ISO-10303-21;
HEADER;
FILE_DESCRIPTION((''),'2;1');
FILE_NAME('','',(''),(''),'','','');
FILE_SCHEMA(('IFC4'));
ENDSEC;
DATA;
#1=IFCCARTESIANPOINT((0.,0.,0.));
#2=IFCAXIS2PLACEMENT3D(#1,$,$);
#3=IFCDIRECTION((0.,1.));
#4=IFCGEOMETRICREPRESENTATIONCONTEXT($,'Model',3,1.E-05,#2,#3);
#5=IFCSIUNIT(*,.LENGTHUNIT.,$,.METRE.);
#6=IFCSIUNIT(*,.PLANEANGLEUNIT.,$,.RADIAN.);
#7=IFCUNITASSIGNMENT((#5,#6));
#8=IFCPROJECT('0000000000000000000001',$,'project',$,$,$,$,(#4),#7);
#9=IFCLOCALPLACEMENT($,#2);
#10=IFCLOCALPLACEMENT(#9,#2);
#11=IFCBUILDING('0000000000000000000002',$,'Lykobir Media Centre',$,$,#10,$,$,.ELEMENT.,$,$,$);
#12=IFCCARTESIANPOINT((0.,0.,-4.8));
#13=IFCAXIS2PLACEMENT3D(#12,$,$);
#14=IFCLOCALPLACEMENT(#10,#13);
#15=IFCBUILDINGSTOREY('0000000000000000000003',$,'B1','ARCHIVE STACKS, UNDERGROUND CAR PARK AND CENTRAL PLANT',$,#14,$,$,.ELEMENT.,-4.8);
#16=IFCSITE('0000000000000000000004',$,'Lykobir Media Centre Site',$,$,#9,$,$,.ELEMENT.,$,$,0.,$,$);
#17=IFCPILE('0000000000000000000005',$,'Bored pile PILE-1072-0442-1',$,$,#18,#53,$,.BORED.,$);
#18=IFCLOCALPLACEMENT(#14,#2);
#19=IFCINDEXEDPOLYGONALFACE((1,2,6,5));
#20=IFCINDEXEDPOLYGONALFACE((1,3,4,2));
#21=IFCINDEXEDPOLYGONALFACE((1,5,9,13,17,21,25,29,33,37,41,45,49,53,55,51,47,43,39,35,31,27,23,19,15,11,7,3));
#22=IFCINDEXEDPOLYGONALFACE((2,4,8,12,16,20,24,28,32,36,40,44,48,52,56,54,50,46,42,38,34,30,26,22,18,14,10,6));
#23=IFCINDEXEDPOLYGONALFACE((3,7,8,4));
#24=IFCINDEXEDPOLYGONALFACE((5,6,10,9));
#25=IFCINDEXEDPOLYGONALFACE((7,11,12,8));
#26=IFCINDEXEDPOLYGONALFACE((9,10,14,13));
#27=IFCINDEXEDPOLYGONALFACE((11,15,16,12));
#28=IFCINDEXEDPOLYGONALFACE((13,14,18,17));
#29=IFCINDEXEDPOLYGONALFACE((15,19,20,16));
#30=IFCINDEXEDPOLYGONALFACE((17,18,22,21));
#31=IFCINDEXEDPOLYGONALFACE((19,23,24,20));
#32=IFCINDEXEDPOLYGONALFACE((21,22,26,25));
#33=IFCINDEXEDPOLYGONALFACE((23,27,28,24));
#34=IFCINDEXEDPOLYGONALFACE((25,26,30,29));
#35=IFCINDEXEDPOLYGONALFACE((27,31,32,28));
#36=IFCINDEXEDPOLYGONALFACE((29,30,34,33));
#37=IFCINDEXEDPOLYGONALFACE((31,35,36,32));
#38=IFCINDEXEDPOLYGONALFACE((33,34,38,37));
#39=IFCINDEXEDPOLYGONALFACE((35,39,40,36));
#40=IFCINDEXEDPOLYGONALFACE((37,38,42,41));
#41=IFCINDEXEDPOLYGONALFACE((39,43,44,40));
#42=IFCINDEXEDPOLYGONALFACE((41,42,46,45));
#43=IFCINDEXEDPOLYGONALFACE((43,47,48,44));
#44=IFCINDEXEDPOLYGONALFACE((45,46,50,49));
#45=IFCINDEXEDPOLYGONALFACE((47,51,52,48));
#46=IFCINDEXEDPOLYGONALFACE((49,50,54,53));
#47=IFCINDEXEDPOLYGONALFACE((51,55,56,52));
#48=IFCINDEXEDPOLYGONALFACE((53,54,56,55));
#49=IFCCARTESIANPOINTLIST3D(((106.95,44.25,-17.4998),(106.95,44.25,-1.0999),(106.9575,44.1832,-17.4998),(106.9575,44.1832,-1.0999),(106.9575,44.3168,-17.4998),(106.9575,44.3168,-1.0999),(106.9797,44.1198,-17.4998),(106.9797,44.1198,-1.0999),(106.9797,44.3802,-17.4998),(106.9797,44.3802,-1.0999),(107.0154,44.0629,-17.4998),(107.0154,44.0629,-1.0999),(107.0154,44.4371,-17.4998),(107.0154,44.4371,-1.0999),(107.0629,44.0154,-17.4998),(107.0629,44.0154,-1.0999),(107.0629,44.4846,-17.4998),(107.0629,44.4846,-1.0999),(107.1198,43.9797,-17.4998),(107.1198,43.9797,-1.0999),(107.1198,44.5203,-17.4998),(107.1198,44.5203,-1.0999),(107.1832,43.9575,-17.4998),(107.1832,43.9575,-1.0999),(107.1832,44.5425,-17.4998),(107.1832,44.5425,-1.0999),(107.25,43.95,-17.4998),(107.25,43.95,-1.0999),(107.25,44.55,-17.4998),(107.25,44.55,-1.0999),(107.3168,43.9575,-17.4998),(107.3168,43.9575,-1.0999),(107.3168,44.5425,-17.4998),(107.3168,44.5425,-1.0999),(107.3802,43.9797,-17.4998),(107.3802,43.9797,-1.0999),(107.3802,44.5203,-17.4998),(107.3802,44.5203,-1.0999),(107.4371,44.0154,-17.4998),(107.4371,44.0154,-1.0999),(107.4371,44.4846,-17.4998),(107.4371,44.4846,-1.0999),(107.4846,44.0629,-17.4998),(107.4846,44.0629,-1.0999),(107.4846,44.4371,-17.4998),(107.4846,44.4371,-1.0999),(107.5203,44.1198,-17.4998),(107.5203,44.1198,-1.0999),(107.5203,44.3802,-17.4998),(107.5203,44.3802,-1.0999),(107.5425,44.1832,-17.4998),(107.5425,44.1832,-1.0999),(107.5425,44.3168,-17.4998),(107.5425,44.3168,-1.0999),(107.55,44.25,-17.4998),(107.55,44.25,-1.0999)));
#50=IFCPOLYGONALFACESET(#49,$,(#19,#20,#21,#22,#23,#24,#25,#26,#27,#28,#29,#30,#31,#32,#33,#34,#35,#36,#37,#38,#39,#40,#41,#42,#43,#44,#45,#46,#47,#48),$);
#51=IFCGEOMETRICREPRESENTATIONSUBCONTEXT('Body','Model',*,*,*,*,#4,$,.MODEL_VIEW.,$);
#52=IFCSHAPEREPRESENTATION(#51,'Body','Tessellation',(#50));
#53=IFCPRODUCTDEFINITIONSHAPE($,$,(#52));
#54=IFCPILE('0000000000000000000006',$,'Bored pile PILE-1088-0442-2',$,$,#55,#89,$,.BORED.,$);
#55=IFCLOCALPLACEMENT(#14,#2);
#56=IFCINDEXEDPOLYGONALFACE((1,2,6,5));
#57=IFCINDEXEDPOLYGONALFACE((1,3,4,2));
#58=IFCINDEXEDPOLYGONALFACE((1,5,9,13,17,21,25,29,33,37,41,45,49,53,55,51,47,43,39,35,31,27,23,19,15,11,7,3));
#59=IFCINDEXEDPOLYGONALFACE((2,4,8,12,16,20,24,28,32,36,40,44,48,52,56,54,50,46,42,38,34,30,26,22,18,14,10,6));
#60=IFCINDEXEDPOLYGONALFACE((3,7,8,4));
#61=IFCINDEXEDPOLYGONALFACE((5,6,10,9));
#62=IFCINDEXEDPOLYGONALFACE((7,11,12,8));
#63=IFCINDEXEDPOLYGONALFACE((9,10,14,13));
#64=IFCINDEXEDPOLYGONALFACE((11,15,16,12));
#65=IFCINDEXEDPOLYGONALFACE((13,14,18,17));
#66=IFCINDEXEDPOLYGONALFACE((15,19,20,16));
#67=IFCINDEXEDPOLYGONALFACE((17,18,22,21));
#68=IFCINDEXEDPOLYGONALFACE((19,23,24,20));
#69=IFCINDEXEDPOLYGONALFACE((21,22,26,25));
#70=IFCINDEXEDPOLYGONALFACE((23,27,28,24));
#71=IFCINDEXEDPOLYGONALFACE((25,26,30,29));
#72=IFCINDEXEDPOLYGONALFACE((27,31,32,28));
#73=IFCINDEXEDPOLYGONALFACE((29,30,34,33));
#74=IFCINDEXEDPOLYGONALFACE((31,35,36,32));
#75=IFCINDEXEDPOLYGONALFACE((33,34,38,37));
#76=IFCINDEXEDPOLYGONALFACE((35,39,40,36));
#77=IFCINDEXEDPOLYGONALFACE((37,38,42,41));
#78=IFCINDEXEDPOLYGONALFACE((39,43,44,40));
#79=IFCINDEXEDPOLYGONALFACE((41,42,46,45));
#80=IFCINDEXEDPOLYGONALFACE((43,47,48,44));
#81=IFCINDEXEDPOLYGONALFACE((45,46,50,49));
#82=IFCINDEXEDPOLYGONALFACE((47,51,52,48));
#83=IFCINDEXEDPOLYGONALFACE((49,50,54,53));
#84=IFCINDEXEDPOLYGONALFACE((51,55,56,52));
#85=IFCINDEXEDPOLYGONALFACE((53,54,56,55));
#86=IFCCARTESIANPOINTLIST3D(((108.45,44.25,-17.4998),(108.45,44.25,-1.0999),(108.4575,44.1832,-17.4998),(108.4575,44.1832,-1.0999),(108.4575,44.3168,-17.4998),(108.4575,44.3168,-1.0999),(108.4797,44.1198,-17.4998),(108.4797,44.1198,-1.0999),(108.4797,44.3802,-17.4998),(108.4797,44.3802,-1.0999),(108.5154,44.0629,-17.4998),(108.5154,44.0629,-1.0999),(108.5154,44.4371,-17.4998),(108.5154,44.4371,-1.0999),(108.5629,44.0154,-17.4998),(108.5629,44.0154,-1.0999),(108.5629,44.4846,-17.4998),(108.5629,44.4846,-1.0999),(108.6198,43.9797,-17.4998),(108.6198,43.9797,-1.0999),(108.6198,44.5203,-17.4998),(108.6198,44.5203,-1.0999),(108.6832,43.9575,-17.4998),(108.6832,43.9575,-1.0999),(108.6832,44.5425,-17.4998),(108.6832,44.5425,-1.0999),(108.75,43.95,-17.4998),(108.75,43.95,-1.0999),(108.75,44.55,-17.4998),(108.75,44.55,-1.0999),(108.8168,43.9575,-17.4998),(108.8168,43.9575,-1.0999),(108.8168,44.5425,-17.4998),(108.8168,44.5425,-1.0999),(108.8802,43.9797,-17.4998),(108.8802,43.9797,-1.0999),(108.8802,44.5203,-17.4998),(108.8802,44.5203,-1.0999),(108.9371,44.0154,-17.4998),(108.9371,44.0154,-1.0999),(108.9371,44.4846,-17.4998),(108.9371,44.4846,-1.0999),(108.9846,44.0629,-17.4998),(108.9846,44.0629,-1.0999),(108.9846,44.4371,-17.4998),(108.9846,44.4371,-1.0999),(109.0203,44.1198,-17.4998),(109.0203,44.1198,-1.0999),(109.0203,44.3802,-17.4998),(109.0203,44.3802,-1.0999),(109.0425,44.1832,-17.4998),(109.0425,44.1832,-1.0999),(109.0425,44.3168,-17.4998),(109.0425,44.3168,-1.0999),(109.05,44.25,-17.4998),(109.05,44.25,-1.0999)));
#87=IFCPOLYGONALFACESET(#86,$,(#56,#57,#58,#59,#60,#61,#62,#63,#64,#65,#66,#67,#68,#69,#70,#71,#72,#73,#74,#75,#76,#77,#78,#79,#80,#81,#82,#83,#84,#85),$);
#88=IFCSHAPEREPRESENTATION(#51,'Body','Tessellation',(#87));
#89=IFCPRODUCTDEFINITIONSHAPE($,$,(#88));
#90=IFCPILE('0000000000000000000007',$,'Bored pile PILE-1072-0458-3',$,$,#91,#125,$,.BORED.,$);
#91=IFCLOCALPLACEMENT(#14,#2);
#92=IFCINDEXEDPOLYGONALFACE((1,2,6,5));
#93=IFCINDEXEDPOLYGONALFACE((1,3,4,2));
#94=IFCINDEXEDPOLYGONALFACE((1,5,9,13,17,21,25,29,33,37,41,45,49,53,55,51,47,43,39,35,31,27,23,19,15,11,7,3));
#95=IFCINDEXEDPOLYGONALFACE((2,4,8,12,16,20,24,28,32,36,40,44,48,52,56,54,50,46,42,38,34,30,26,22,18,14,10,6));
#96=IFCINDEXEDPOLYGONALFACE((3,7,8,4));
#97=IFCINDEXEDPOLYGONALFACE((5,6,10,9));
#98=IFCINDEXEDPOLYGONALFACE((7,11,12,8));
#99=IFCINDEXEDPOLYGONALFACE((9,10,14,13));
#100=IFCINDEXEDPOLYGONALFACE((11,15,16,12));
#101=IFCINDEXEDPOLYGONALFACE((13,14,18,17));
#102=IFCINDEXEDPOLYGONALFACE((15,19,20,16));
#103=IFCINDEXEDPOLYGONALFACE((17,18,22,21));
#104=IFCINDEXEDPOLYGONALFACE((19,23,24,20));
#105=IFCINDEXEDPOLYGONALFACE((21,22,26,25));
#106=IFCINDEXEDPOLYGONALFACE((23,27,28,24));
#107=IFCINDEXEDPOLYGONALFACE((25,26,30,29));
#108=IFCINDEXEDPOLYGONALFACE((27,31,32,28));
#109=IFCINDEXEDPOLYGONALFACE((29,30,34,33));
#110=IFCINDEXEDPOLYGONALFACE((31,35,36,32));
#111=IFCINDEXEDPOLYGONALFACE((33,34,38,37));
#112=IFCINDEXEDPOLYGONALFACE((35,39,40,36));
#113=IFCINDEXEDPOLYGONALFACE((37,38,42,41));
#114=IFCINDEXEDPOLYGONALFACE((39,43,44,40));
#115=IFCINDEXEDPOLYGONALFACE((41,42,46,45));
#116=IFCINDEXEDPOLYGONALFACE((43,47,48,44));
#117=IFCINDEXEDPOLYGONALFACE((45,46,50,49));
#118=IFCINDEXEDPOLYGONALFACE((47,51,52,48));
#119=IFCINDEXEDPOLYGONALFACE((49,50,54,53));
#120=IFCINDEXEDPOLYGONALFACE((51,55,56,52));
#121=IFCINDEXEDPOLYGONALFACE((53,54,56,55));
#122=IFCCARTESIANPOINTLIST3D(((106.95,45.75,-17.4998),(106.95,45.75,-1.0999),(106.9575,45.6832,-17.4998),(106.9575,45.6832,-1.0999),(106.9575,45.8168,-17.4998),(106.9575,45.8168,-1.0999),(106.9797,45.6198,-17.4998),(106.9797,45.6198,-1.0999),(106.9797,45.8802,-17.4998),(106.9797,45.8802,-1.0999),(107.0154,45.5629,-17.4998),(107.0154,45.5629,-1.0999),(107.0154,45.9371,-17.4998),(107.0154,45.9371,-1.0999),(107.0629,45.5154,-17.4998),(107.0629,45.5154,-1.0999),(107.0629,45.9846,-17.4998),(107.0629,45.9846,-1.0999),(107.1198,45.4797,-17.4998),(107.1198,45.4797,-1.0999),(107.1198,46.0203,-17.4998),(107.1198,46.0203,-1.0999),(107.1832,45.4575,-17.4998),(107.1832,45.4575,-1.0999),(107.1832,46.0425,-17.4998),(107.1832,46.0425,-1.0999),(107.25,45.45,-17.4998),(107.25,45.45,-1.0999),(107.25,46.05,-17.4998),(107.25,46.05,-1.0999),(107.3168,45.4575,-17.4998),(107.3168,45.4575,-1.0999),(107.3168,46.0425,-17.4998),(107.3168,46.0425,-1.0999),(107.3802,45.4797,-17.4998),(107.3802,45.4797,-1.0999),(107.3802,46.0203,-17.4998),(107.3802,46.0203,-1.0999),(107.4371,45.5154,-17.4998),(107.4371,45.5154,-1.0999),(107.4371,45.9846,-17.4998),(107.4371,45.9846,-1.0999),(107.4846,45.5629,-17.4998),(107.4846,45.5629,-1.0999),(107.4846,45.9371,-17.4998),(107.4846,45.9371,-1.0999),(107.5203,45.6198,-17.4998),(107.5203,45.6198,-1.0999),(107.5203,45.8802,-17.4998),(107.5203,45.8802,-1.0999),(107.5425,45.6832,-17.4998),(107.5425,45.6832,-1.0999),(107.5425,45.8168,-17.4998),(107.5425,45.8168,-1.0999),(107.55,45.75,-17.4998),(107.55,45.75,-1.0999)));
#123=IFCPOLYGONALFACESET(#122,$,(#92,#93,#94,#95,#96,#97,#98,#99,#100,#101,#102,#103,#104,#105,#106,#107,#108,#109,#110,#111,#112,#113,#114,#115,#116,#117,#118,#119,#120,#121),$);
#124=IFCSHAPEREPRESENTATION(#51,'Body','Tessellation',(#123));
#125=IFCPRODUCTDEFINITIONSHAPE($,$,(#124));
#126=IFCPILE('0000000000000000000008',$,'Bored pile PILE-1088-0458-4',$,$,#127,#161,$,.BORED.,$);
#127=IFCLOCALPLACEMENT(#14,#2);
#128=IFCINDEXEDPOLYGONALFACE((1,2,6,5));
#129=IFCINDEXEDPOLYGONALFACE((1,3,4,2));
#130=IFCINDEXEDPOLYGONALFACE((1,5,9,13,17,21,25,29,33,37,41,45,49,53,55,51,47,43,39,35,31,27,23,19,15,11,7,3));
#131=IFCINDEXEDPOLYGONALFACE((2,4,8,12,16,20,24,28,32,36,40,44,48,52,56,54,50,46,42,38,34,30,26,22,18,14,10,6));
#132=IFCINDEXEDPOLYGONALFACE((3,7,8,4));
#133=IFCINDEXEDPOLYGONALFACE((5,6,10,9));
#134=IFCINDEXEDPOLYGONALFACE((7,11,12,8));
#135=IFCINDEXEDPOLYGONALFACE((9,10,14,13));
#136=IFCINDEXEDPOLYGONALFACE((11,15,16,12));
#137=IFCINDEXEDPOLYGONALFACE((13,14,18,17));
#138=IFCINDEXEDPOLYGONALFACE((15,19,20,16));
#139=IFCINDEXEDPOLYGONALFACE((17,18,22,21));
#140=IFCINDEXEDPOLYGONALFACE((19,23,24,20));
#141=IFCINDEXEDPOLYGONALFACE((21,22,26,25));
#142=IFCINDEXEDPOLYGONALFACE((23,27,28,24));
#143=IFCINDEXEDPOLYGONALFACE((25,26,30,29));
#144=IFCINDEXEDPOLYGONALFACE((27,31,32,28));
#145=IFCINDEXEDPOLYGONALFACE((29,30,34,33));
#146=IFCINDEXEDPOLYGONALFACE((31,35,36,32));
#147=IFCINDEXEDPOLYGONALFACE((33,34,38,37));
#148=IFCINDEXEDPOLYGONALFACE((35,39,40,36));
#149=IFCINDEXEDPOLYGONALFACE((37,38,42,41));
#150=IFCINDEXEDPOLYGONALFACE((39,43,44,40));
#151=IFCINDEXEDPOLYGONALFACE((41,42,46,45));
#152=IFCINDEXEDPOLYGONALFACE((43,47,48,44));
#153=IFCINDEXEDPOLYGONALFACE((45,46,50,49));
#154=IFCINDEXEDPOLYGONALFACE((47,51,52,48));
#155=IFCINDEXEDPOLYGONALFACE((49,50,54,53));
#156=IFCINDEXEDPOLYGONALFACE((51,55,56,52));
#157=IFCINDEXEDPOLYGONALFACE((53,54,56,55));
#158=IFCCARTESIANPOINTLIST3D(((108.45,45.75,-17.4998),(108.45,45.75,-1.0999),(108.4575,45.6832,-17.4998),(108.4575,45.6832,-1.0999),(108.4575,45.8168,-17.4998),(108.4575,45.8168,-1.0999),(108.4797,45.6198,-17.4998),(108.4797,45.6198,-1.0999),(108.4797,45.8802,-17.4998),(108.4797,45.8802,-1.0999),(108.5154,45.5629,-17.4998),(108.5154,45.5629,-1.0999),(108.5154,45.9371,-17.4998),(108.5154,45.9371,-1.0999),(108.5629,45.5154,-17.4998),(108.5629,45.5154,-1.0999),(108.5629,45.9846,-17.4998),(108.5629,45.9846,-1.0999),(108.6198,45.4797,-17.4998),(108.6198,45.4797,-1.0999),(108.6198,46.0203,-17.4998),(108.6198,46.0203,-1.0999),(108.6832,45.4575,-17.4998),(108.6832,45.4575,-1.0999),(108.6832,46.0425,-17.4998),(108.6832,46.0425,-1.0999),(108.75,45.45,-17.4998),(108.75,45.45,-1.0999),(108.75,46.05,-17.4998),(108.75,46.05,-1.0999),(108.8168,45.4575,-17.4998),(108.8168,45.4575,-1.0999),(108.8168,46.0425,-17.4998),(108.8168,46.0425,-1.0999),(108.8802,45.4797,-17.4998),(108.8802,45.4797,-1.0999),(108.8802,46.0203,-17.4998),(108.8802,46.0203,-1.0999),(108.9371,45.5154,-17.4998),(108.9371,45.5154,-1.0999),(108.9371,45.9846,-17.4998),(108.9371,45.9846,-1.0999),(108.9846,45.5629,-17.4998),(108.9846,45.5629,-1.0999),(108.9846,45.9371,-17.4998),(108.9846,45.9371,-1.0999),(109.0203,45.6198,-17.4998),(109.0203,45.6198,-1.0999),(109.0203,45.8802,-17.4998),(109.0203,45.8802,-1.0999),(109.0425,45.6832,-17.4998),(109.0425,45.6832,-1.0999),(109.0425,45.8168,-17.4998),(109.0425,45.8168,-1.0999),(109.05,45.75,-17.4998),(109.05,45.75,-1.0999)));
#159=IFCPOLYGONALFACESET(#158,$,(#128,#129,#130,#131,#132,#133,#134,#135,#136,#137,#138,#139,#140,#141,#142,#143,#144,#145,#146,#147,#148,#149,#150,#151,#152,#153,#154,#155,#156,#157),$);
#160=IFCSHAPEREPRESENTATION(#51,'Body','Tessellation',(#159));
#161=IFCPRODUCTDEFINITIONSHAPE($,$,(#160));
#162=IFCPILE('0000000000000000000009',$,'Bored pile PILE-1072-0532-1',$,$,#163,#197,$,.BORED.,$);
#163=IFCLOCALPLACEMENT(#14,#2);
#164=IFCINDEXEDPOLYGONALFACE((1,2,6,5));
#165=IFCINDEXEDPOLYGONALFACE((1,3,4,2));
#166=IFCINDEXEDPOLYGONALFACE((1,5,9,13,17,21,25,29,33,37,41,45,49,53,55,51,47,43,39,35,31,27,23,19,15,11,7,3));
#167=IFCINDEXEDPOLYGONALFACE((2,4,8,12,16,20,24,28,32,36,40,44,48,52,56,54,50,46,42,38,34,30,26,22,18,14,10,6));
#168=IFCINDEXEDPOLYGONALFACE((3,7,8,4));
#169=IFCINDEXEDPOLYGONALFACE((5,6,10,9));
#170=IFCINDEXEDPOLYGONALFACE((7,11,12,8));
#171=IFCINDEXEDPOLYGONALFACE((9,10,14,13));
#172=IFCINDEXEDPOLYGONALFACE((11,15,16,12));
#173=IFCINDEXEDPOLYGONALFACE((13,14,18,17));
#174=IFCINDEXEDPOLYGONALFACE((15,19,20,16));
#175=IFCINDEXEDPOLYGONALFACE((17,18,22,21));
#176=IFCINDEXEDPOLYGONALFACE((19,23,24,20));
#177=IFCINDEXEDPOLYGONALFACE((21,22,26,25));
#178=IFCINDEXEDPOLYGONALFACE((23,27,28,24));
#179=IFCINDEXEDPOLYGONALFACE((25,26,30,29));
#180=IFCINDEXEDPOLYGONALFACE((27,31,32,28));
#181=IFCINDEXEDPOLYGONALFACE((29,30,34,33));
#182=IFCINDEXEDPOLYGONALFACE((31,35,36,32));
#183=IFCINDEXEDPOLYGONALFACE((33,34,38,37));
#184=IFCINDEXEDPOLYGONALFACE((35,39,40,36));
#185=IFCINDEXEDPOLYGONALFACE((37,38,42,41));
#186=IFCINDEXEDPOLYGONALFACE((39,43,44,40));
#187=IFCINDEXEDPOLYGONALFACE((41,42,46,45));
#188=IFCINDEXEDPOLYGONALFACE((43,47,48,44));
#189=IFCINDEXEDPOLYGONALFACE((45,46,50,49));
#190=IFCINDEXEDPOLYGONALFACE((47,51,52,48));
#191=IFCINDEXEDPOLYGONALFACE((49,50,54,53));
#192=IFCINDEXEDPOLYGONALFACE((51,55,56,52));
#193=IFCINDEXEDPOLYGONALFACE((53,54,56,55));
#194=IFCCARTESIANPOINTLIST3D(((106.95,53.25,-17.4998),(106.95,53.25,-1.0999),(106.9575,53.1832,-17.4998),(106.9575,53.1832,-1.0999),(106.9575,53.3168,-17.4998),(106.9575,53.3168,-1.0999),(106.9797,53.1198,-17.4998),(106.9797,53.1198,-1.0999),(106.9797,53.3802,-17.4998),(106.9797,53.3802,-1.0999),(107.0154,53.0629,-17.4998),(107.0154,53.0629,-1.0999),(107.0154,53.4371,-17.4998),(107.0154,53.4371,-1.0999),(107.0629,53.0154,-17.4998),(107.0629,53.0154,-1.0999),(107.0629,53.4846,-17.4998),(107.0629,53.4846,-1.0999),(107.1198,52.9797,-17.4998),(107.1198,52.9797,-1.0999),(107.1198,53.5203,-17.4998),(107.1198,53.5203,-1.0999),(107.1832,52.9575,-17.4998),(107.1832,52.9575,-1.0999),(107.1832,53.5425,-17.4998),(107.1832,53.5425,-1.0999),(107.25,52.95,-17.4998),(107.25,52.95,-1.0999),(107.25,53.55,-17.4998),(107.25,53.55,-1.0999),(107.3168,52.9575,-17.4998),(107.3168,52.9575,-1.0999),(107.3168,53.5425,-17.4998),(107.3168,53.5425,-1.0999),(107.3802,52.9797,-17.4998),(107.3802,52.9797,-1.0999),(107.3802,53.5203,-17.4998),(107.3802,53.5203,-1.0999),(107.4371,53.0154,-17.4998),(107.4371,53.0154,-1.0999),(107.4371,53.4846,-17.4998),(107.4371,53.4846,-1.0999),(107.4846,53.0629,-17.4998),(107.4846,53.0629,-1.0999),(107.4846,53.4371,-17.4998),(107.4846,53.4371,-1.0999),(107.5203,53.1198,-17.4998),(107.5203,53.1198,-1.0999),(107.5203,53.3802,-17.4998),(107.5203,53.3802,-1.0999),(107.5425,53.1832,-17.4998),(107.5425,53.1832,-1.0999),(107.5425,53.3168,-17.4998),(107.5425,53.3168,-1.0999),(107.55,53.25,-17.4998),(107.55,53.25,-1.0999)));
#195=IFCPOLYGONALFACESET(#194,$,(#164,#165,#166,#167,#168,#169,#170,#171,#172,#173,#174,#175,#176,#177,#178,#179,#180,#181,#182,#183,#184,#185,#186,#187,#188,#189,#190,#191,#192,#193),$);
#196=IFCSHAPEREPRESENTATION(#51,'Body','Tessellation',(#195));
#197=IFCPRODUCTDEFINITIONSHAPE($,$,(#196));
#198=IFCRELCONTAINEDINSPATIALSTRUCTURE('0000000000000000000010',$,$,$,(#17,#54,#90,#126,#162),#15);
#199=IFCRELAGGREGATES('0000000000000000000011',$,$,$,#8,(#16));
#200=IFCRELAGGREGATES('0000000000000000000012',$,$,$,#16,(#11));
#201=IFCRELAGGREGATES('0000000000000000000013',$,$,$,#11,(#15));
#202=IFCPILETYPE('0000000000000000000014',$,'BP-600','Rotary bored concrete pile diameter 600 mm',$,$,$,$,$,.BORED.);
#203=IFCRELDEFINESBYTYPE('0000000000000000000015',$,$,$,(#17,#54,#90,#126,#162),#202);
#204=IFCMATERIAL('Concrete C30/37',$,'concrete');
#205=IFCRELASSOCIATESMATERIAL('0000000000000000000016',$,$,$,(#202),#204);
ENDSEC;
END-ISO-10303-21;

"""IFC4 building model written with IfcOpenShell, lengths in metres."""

from ifc_helpers import new_model, si_unit, direction, frame, origin, origin_2d, place, context, subcontext, project, spatial, circle, extrude, material, material_profile, profile_set, type_object, element, save


model = new_model("IFC4")

# Units and contexts
model_context = context("Model", 3, precision=1e-05, world=origin(), true_north=direction((0.0, 1.0)))
body_context = subcontext(model_context, "Body", "Model", "MODEL_VIEW")
ifc_project = project(units=[si_unit("LENGTHUNIT", "METRE"), si_unit("PLANEANGLEUNIT", "RADIAN")], contexts=[model_context])

# Site, building, storey
site_placement = place(None, origin())
site = spatial("IfcSite", under=ifc_project, at=site_placement, Name="Lykobir Media Centre Site", CompositionType="ELEMENT", RefElevation=0.0)
building_placement = place(site_placement, origin())
building = spatial("IfcBuilding", under=site, at=building_placement, Name="Lykobir Media Centre", CompositionType="ELEMENT")
storey_placement = place(building_placement, frame((0.0, 0.0, -4.8)))
storey = spatial("IfcBuildingStorey", under=building, at=storey_placement, Name="B1", Description="ARCHIVE STACKS, UNDERGROUND CAR PARK AND CENTRAL PLANT", CompositionType="ELEMENT", Elevation=-4.8)

# Piles
ifc_material_1 = material(Name="Concrete C30/37", Category="concrete")
ifc_material_profile_1 = material_profile(ifc_material_1, circle(Radius=0.3, at=origin_2d()), Name="BORED PILE D600")
ifc_profile_set_1 = profile_set([ifc_material_profile_1], Name="Concrete C30/37")
pile_type = type_object("IfcPileType", Name="BP-600", Description="Rotary bored concrete pile diameter 600 mm", PredefinedType="BORED", material=ifc_profile_set_1)
for number, where, z_axis, x_axis, name in (
    (1, (107.25, 44.25, -1.0999), (0.0, 0.0, -1.0), (1.0, 0.0, 0.0), "Bored pile PILE-1072-0442-1"),
    (2, (108.75, 44.25, -1.0999), (0.0, 0.0, -1.0), (1.0, 0.0, 0.0), "Bored pile PILE-1088-0442-2"),
    (3, (107.25, 45.75, -1.0999), (0.0, 0.0, -1.0), (1.0, 0.0, 0.0), "Bored pile PILE-1072-0458-3"),
    (4, (108.75, 45.75, -1.0999), (0.0, 0.0, -1.0), (1.0, 0.0, 0.0), "Bored pile PILE-1088-0458-4"),
    (5, (107.25, 53.25, -1.0999), (0.0, 0.0, -1.0), (1.0, 0.0, 0.0), "Bored pile PILE-1072-0532-1"),
):
    element("IfcPile", number, at=place(storey_placement, frame(where, z_axis=z_axis, x_axis=x_axis)), inside=storey, type_object=pile_type, Name=name, PredefinedType="BORED", context=body_context, shape_type="SweptSolid", body=[
        extrude(circle(Radius=0.3, at=origin_2d()), origin(), (0.0, 0.0, 1.0), 16.3999),
    ])

save(model, "model.ifc")
